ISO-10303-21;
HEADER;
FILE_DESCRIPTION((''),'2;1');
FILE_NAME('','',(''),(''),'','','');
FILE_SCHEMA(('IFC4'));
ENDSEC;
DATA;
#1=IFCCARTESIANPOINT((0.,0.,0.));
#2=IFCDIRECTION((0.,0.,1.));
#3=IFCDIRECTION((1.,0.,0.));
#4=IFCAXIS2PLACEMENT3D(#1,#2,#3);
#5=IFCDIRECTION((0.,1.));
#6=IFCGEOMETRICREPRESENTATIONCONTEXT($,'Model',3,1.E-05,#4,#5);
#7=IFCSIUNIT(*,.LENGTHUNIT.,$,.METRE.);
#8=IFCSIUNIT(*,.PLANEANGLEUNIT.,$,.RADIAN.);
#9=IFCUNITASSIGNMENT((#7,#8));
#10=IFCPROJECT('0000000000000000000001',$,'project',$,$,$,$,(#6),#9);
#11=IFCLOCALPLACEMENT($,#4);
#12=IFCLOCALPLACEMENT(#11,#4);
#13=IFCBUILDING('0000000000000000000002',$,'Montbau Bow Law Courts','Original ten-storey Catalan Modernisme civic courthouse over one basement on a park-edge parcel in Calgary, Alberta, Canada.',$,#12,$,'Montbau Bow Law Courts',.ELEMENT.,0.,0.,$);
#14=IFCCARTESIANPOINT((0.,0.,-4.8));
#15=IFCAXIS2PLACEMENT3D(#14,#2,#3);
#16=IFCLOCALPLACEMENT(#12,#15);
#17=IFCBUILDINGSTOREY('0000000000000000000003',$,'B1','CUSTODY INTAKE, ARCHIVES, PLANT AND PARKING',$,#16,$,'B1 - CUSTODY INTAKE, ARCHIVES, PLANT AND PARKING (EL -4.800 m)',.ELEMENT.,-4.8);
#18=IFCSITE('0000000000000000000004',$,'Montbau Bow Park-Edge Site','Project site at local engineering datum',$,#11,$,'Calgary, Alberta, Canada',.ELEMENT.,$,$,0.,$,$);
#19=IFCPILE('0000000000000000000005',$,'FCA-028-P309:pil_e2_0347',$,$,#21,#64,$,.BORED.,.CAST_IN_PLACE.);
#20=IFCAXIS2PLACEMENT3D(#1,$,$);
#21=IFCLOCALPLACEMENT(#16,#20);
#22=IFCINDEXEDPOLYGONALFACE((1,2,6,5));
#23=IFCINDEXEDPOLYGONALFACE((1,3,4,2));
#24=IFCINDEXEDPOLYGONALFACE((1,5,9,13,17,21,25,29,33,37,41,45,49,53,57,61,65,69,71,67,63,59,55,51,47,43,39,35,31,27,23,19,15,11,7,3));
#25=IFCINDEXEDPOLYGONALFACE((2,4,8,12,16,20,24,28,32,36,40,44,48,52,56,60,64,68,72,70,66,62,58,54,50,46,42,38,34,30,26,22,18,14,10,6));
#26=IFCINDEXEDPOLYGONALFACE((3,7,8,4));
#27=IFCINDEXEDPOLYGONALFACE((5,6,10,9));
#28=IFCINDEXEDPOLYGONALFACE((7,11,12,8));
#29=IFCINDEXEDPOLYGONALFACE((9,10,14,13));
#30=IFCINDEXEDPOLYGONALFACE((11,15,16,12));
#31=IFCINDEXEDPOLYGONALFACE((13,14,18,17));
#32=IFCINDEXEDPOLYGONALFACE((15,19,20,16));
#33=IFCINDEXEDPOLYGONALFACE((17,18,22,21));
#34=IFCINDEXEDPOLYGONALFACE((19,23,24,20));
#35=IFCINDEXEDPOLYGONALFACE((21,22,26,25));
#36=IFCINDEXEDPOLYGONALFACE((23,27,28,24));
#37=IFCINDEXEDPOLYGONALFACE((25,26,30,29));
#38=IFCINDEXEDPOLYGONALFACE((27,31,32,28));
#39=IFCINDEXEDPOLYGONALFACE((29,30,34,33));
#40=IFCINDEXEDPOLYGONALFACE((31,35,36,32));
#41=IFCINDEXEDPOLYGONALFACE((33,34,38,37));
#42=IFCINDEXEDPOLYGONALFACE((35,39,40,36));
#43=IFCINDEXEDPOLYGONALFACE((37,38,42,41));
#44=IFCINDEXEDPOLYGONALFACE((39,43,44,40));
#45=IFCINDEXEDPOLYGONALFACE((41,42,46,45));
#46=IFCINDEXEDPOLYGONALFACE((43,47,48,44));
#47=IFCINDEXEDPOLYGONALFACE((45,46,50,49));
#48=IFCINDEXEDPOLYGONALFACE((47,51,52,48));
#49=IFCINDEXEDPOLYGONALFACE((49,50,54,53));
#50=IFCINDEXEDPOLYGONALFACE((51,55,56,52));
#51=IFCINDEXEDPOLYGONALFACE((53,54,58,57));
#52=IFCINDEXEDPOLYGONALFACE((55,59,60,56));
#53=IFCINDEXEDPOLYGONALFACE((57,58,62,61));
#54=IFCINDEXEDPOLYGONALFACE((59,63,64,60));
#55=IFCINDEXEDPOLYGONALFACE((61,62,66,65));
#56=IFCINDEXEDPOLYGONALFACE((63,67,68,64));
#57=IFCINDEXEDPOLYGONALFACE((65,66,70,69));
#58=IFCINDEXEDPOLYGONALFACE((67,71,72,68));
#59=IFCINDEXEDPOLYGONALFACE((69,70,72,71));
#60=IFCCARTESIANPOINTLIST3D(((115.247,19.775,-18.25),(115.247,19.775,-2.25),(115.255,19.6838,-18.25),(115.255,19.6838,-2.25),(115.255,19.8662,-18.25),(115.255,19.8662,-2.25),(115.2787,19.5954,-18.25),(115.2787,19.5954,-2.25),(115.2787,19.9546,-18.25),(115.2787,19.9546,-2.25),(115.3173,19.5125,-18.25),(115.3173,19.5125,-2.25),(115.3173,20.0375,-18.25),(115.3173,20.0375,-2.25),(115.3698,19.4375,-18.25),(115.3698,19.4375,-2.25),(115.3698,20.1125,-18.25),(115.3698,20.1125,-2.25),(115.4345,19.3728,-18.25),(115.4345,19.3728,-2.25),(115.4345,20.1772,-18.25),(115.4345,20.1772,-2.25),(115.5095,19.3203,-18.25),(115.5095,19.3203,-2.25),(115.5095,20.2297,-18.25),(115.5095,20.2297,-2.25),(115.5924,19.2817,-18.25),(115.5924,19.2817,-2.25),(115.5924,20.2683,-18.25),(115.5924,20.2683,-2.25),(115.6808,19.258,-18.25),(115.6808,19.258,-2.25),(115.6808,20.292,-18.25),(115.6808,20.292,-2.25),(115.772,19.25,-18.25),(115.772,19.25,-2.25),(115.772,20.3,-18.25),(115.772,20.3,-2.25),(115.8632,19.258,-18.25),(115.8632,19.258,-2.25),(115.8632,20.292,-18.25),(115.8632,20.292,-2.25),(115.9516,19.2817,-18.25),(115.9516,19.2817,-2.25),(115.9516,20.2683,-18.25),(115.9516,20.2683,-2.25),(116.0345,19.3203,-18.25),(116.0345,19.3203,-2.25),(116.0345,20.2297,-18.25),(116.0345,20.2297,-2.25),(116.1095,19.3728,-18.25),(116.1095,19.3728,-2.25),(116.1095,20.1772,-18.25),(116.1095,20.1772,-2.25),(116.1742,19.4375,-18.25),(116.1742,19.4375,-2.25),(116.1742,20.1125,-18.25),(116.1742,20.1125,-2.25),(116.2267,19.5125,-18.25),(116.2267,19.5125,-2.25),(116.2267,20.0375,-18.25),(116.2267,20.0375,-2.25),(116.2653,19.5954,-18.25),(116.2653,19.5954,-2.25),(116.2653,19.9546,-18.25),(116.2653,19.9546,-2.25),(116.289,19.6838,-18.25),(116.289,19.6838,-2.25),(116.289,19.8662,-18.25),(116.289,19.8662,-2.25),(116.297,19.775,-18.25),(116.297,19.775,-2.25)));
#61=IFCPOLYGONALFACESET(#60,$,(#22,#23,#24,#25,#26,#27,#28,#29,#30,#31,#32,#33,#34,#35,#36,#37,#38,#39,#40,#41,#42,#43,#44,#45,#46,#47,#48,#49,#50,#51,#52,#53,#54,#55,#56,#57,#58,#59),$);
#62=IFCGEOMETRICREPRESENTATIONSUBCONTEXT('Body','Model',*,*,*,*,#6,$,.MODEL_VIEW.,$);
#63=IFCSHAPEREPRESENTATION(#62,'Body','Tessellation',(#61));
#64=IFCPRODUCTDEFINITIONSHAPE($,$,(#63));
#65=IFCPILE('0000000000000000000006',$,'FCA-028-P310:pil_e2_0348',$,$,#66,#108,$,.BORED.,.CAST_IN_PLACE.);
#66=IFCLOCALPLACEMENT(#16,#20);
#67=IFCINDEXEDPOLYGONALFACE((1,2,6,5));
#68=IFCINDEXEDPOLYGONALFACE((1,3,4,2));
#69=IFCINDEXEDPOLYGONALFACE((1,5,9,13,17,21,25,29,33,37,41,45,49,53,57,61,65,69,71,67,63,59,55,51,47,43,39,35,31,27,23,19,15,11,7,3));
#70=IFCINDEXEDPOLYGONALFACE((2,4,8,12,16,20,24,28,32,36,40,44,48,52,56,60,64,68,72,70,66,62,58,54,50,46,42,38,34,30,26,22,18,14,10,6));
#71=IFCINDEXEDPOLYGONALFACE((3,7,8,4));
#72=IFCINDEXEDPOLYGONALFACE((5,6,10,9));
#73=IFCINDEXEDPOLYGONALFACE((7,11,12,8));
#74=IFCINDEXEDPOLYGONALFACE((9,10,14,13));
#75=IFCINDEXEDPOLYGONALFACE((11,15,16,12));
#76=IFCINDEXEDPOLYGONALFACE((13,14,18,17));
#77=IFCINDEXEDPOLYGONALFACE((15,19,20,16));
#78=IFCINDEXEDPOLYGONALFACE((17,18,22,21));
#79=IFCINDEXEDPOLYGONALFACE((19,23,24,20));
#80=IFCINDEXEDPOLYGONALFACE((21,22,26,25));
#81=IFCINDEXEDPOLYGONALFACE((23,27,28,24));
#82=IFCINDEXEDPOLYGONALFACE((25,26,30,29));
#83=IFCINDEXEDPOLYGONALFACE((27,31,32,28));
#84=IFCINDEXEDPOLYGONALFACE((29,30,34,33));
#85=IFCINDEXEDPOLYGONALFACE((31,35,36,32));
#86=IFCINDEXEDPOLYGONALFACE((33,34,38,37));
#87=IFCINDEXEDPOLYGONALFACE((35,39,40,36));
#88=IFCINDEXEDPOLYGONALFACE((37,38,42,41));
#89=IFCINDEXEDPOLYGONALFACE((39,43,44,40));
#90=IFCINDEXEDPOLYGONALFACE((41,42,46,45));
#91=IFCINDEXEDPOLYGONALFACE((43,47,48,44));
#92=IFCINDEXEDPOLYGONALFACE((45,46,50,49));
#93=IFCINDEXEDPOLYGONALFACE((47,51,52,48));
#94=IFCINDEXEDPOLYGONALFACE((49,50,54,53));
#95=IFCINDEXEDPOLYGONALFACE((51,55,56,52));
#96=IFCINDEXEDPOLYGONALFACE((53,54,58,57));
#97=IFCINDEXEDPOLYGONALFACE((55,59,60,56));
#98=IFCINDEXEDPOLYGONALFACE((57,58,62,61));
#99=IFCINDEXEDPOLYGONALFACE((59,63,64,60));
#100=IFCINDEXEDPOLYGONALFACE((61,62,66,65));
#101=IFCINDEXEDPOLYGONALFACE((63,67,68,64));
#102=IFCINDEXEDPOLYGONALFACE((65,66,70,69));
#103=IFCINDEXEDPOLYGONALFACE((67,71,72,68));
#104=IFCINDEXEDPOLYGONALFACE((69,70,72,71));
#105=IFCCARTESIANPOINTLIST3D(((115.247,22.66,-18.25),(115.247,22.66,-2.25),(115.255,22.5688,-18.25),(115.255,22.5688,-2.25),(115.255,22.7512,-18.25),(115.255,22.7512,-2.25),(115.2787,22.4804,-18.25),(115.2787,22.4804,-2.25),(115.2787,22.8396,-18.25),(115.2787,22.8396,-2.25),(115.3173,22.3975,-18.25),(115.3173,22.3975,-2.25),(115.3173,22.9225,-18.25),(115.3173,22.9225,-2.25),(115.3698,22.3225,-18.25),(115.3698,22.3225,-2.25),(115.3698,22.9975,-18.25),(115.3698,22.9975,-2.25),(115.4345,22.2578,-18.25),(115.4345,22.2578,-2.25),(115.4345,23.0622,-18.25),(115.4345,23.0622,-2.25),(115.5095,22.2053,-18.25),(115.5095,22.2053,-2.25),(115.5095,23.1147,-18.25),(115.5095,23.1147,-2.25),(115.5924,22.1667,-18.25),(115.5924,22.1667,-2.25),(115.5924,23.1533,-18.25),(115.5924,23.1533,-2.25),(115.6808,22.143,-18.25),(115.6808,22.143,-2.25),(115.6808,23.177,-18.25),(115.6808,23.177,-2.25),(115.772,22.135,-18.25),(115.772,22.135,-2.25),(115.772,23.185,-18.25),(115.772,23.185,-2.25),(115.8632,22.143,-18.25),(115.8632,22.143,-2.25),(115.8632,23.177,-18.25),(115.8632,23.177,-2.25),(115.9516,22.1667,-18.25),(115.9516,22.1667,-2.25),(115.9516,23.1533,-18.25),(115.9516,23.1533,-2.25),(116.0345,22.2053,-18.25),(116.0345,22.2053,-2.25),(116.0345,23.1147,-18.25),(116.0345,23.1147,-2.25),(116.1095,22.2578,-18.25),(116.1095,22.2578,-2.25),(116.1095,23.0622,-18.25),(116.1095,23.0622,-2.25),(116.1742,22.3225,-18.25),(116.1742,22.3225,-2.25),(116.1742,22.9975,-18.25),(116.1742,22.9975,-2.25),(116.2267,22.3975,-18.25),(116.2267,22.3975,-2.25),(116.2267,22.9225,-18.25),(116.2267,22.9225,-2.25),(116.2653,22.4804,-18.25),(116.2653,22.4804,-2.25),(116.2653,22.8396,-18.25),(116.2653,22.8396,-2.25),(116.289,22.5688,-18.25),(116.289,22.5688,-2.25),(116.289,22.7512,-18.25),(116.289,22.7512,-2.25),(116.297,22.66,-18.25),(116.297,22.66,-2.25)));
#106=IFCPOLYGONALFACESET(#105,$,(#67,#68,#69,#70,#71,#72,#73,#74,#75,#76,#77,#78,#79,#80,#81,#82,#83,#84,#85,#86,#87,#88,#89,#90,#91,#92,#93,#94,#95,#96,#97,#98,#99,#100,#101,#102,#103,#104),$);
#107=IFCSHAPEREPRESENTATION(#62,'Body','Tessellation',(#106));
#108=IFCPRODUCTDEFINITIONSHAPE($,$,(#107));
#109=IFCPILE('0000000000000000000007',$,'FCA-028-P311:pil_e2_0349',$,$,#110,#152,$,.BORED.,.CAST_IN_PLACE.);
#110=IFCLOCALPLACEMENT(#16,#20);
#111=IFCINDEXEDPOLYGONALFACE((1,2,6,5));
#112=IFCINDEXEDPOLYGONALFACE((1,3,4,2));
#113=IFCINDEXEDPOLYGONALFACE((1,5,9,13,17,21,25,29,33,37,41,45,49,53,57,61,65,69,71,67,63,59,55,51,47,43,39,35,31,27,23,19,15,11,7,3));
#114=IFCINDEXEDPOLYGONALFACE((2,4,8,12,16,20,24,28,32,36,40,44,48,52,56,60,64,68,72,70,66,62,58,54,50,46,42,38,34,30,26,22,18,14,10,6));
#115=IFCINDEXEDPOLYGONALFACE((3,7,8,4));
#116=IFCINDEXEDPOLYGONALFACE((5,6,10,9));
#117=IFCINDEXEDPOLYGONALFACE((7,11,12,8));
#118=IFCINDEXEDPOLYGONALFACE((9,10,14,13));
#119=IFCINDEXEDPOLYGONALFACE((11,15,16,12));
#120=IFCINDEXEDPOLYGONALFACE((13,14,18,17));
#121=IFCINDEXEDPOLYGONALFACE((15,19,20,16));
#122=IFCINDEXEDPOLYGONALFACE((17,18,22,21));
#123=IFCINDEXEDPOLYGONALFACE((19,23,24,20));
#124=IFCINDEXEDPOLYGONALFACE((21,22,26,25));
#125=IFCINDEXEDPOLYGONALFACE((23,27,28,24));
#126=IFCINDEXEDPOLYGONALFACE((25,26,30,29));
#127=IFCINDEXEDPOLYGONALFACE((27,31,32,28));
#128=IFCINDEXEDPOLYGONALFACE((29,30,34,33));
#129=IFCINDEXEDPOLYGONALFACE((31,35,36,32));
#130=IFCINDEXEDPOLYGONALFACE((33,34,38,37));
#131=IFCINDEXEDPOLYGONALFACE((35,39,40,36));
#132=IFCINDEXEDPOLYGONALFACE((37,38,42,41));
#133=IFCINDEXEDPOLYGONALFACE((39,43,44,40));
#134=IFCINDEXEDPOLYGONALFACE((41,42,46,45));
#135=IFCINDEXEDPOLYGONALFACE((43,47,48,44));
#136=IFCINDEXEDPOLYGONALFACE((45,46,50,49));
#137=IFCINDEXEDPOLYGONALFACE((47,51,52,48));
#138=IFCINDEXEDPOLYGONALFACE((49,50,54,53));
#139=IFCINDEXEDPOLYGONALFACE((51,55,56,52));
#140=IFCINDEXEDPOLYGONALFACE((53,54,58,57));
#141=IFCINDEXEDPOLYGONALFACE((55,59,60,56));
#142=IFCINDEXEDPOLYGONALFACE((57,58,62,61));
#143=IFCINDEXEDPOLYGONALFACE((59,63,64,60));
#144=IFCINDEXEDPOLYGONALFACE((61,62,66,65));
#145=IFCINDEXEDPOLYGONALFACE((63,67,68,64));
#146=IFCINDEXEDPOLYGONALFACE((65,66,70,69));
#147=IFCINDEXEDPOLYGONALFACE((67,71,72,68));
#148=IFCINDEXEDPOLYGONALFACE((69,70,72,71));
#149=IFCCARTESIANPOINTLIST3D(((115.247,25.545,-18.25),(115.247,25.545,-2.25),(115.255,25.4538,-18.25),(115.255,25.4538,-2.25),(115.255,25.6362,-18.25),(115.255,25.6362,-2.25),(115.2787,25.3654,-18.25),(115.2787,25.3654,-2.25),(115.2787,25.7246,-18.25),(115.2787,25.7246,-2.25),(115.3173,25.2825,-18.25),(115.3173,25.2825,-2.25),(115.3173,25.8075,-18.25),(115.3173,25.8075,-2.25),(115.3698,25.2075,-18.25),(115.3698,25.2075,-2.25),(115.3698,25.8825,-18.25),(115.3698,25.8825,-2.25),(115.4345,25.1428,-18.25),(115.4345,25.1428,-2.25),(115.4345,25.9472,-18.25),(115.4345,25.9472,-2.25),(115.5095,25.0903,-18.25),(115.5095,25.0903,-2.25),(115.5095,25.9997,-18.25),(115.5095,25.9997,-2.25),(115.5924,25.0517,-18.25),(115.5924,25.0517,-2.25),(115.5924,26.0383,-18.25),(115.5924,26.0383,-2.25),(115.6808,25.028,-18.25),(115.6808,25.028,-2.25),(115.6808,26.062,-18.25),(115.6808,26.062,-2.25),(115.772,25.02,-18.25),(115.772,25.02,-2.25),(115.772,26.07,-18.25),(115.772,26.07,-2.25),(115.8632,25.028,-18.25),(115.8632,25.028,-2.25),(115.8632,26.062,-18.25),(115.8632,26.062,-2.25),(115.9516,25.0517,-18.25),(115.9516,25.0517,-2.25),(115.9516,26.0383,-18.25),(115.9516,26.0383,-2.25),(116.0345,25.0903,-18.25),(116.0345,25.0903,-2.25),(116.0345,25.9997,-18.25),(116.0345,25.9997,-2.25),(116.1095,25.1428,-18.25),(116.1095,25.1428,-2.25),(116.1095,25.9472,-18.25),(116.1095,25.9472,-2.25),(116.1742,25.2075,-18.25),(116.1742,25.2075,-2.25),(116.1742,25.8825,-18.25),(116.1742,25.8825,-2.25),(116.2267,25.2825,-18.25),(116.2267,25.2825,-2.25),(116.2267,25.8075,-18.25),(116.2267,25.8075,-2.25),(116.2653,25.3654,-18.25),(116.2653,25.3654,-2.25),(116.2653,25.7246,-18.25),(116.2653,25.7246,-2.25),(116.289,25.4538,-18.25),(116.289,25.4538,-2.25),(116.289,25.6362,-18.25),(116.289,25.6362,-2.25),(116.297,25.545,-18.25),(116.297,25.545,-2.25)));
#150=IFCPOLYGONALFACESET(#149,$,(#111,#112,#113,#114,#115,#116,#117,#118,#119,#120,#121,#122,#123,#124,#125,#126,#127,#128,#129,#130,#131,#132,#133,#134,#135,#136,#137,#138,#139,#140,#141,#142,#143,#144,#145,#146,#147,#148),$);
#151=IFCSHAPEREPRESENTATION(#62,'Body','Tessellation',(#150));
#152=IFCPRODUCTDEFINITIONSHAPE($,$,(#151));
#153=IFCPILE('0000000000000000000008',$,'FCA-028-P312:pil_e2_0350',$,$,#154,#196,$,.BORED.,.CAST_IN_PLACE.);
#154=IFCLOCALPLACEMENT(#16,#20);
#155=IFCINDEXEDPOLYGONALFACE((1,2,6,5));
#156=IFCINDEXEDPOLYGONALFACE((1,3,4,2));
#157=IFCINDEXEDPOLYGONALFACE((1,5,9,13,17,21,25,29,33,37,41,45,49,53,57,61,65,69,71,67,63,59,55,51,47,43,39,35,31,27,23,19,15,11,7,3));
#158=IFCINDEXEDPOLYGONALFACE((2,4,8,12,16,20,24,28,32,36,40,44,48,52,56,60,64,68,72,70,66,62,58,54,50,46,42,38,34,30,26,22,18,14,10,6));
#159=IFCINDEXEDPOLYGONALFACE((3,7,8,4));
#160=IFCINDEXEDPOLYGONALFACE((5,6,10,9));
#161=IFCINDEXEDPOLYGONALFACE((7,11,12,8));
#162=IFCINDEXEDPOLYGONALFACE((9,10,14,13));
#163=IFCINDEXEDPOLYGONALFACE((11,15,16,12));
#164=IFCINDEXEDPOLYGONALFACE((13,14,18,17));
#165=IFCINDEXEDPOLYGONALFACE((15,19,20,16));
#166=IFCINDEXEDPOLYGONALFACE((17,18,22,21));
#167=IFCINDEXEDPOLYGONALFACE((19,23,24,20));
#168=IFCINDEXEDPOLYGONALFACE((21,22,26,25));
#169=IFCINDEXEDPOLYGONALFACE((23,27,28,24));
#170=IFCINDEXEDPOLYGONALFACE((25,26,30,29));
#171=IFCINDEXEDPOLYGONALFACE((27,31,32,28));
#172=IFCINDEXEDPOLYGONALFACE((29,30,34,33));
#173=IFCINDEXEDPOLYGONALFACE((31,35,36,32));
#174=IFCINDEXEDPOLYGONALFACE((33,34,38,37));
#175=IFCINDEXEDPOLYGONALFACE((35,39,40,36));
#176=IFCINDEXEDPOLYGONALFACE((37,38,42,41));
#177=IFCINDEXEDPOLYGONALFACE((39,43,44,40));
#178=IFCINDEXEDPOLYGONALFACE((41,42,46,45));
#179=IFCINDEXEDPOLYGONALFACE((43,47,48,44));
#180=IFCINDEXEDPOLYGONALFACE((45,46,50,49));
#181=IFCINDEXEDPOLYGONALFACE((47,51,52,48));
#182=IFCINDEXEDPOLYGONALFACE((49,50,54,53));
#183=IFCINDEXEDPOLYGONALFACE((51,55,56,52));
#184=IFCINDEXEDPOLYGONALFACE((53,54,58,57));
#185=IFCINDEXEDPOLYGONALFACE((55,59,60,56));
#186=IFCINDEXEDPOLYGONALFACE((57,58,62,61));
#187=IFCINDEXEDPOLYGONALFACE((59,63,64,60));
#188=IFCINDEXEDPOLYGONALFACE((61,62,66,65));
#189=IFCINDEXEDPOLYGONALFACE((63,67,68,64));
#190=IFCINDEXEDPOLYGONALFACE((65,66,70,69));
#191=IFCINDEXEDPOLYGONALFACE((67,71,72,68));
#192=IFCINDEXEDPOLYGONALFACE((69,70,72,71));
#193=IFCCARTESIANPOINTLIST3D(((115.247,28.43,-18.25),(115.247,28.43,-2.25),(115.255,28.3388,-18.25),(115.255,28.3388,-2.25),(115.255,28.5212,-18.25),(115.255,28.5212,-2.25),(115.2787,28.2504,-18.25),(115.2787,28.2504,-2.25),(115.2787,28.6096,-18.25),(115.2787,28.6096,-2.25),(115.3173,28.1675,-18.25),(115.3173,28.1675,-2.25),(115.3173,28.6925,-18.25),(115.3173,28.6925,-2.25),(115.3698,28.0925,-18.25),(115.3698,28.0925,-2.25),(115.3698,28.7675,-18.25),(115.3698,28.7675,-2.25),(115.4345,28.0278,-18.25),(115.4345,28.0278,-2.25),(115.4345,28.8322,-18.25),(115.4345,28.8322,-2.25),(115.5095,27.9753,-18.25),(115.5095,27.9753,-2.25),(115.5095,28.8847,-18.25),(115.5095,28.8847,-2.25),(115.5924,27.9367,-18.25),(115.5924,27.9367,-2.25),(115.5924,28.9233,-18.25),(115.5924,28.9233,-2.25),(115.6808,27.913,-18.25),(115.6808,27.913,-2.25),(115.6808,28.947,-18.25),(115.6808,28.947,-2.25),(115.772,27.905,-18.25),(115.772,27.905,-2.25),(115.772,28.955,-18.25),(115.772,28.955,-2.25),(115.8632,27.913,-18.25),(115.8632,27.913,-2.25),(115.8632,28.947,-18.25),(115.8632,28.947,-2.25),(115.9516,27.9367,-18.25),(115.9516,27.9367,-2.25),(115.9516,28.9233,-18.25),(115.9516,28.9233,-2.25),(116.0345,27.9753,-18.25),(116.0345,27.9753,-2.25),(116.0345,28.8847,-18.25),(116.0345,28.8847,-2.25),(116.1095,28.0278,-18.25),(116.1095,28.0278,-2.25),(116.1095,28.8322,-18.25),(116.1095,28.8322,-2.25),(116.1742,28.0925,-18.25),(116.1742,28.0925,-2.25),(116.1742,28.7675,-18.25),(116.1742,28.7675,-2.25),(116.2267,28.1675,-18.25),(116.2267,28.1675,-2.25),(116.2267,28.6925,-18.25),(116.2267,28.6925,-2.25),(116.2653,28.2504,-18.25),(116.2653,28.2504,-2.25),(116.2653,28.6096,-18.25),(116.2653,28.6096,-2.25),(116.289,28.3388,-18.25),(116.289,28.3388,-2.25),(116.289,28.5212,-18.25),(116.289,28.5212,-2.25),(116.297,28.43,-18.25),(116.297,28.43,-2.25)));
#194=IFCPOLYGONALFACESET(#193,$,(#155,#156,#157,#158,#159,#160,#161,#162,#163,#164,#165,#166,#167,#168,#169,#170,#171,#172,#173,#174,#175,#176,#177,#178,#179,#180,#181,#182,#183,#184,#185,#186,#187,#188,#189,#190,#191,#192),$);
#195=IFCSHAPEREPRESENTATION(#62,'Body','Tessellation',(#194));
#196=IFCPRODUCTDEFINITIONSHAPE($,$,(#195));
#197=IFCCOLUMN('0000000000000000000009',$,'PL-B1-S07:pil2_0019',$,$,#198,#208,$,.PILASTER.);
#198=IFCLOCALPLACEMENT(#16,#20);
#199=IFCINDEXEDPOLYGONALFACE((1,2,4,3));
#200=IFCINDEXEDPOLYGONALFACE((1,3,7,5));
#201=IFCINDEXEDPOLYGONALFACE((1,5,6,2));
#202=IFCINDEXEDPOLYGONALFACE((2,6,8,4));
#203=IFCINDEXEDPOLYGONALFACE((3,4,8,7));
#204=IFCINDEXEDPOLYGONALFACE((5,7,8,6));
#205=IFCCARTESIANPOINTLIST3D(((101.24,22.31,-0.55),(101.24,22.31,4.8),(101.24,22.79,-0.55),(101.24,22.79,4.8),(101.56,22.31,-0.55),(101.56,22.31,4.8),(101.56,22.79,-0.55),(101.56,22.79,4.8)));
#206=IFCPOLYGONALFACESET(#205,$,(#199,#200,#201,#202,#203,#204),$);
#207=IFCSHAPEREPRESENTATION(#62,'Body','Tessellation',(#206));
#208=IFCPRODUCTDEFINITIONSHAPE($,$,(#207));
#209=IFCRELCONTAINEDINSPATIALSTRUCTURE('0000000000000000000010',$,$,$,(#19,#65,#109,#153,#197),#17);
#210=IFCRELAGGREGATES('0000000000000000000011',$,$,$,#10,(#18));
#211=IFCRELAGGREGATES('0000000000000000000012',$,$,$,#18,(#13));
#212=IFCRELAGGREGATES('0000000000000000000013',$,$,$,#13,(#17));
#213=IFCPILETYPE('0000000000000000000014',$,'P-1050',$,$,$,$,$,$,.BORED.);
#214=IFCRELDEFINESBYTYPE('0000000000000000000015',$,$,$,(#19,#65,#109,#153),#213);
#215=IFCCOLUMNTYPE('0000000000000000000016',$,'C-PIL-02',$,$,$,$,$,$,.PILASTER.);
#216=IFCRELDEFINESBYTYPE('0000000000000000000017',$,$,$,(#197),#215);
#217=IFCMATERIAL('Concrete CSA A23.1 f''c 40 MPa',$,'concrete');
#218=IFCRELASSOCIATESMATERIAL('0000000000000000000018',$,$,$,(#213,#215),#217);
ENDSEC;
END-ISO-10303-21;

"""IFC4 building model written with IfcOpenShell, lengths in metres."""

from ifc_helpers import new_model, si_unit, direction, frame, origin_with_axes, origin_2d_with_axis, place, context, subcontext, project, spatial, rectangle, circle, extrude, material, material_profile, profile_set, type_object, element, save


model = new_model("IFC4")

# Units and contexts
model_context = context("Model", 3, precision=1e-05, world=origin_with_axes(), true_north=direction((0.0, 1.0)))
body_context = subcontext(model_context, "Body", "Model", "MODEL_VIEW")
ifc_project = project(units=[si_unit("LENGTHUNIT", "METRE"), si_unit("PLANEANGLEUNIT", "RADIAN")], contexts=[model_context])

# Site, building, storey
site_placement = place(None, origin_with_axes())
site = spatial("IfcSite", under=ifc_project, at=site_placement, Name="Montbau Bow Park-Edge Site", Description="Project site at local engineering datum", LongName="Calgary, Alberta, Canada", CompositionType="ELEMENT", RefElevation=0.0)
building_placement = place(site_placement, origin_with_axes())
building = spatial("IfcBuilding", under=site, at=building_placement, Name="Montbau Bow Law Courts", Description="Original ten-storey Catalan Modernisme civic courthouse over one basement on a park-edge parcel in Calgary, Alberta, Canada.", LongName="Montbau Bow Law Courts", CompositionType="ELEMENT", ElevationOfRefHeight=0.0, ElevationOfTerrain=0.0)
storey_placement = place(building_placement, frame((0.0, 0.0, -4.8), z_axis=(0.0, 0.0, 1.0), x_axis=(1.0, 0.0, 0.0)))
storey = spatial("IfcBuildingStorey", under=building, at=storey_placement, Name="B1", Description="CUSTODY INTAKE, ARCHIVES, PLANT AND PARKING", LongName="B1 - CUSTODY INTAKE, ARCHIVES, PLANT AND PARKING (EL -4.800 m)", CompositionType="ELEMENT", Elevation=-4.8)

# Piles
ifc_material_1 = material(Name="Concrete CSA A23.1 f'c 40 MPa", Category="concrete")
ifc_material_profile_1 = material_profile(ifc_material_1, circle(Radius=0.525, at=origin_2d_with_axis()), Name="BP1050", Category="Main", Priority=0)
ifc_profile_set_1 = profile_set([ifc_material_profile_1], Name="Concrete CSA A23.1 f'c 40 MPa")
pile_type = type_object("IfcPileType", Name="P-1050", PredefinedType="BORED", material=ifc_profile_set_1)
for number, where, z_axis, x_axis, name in (
    (1, (115.772, 19.775, -23.05), (0.0, 0.0, 1.0), (1.0, 0.0, 0.0), "FCA-028-P309:pil_e2_0347"),
    (2, (115.772, 22.66, -23.05), (0.0, 0.0, 1.0), (1.0, 0.0, 0.0), "FCA-028-P310:pil_e2_0348"),
    (3, (115.772, 25.545, -23.05), (0.0, 0.0, 1.0), (1.0, 0.0, 0.0), "FCA-028-P311:pil_e2_0349"),
    (4, (115.772, 28.43, -23.05), (0.0, 0.0, 1.0), (1.0, 0.0, 0.0), "FCA-028-P312:pil_e2_0350"),
):
    element("IfcPile", number, at=place(None, frame(where, z_axis=z_axis, x_axis=x_axis)), inside=storey, type_object=pile_type, Name=name, ConstructionType="CAST_IN_PLACE", PredefinedType="BORED", context=body_context, shape_type="SweptSolid", body=[
        extrude(circle(Radius=0.525, at=origin_2d_with_axis()), origin_with_axes(), (0.0, 0.0, 1.0), 16.0),
    ])

# Column
ifc_material_profile_2 = material_profile(ifc_material_1, rectangle(XDim=0.32, YDim=0.48, at=origin_2d_with_axis()), Name="RC480X320", Category="Main", Priority=0)
ifc_profile_set_2 = profile_set([ifc_material_profile_2], Name="Concrete CSA A23.1 f'c 40 MPa")
column_type_1 = type_object("IfcColumnType", Name="C-PIL-02", PredefinedType="PILASTER", material=ifc_profile_set_2)
for number, where, z_axis, x_axis, name in (
    (5, (101.4, 22.55, -5.35), (0.0, 0.0, 1.0), (1.0, 0.0, 0.0), "PL-B1-S07:pil2_0019"),
):
    element("IfcColumn", number, at=place(None, frame(where, z_axis=z_axis, x_axis=x_axis)), inside=storey, type_object=column_type_1, Name=name, PredefinedType="PILASTER", context=body_context, shape_type="SweptSolid", body=[
        extrude(rectangle(XDim=0.32, YDim=0.48, at=origin_2d_with_axis()), origin_with_axes(), (0.0, 0.0, 1.0), 5.35),
    ])

save(model, "model.ifc")
